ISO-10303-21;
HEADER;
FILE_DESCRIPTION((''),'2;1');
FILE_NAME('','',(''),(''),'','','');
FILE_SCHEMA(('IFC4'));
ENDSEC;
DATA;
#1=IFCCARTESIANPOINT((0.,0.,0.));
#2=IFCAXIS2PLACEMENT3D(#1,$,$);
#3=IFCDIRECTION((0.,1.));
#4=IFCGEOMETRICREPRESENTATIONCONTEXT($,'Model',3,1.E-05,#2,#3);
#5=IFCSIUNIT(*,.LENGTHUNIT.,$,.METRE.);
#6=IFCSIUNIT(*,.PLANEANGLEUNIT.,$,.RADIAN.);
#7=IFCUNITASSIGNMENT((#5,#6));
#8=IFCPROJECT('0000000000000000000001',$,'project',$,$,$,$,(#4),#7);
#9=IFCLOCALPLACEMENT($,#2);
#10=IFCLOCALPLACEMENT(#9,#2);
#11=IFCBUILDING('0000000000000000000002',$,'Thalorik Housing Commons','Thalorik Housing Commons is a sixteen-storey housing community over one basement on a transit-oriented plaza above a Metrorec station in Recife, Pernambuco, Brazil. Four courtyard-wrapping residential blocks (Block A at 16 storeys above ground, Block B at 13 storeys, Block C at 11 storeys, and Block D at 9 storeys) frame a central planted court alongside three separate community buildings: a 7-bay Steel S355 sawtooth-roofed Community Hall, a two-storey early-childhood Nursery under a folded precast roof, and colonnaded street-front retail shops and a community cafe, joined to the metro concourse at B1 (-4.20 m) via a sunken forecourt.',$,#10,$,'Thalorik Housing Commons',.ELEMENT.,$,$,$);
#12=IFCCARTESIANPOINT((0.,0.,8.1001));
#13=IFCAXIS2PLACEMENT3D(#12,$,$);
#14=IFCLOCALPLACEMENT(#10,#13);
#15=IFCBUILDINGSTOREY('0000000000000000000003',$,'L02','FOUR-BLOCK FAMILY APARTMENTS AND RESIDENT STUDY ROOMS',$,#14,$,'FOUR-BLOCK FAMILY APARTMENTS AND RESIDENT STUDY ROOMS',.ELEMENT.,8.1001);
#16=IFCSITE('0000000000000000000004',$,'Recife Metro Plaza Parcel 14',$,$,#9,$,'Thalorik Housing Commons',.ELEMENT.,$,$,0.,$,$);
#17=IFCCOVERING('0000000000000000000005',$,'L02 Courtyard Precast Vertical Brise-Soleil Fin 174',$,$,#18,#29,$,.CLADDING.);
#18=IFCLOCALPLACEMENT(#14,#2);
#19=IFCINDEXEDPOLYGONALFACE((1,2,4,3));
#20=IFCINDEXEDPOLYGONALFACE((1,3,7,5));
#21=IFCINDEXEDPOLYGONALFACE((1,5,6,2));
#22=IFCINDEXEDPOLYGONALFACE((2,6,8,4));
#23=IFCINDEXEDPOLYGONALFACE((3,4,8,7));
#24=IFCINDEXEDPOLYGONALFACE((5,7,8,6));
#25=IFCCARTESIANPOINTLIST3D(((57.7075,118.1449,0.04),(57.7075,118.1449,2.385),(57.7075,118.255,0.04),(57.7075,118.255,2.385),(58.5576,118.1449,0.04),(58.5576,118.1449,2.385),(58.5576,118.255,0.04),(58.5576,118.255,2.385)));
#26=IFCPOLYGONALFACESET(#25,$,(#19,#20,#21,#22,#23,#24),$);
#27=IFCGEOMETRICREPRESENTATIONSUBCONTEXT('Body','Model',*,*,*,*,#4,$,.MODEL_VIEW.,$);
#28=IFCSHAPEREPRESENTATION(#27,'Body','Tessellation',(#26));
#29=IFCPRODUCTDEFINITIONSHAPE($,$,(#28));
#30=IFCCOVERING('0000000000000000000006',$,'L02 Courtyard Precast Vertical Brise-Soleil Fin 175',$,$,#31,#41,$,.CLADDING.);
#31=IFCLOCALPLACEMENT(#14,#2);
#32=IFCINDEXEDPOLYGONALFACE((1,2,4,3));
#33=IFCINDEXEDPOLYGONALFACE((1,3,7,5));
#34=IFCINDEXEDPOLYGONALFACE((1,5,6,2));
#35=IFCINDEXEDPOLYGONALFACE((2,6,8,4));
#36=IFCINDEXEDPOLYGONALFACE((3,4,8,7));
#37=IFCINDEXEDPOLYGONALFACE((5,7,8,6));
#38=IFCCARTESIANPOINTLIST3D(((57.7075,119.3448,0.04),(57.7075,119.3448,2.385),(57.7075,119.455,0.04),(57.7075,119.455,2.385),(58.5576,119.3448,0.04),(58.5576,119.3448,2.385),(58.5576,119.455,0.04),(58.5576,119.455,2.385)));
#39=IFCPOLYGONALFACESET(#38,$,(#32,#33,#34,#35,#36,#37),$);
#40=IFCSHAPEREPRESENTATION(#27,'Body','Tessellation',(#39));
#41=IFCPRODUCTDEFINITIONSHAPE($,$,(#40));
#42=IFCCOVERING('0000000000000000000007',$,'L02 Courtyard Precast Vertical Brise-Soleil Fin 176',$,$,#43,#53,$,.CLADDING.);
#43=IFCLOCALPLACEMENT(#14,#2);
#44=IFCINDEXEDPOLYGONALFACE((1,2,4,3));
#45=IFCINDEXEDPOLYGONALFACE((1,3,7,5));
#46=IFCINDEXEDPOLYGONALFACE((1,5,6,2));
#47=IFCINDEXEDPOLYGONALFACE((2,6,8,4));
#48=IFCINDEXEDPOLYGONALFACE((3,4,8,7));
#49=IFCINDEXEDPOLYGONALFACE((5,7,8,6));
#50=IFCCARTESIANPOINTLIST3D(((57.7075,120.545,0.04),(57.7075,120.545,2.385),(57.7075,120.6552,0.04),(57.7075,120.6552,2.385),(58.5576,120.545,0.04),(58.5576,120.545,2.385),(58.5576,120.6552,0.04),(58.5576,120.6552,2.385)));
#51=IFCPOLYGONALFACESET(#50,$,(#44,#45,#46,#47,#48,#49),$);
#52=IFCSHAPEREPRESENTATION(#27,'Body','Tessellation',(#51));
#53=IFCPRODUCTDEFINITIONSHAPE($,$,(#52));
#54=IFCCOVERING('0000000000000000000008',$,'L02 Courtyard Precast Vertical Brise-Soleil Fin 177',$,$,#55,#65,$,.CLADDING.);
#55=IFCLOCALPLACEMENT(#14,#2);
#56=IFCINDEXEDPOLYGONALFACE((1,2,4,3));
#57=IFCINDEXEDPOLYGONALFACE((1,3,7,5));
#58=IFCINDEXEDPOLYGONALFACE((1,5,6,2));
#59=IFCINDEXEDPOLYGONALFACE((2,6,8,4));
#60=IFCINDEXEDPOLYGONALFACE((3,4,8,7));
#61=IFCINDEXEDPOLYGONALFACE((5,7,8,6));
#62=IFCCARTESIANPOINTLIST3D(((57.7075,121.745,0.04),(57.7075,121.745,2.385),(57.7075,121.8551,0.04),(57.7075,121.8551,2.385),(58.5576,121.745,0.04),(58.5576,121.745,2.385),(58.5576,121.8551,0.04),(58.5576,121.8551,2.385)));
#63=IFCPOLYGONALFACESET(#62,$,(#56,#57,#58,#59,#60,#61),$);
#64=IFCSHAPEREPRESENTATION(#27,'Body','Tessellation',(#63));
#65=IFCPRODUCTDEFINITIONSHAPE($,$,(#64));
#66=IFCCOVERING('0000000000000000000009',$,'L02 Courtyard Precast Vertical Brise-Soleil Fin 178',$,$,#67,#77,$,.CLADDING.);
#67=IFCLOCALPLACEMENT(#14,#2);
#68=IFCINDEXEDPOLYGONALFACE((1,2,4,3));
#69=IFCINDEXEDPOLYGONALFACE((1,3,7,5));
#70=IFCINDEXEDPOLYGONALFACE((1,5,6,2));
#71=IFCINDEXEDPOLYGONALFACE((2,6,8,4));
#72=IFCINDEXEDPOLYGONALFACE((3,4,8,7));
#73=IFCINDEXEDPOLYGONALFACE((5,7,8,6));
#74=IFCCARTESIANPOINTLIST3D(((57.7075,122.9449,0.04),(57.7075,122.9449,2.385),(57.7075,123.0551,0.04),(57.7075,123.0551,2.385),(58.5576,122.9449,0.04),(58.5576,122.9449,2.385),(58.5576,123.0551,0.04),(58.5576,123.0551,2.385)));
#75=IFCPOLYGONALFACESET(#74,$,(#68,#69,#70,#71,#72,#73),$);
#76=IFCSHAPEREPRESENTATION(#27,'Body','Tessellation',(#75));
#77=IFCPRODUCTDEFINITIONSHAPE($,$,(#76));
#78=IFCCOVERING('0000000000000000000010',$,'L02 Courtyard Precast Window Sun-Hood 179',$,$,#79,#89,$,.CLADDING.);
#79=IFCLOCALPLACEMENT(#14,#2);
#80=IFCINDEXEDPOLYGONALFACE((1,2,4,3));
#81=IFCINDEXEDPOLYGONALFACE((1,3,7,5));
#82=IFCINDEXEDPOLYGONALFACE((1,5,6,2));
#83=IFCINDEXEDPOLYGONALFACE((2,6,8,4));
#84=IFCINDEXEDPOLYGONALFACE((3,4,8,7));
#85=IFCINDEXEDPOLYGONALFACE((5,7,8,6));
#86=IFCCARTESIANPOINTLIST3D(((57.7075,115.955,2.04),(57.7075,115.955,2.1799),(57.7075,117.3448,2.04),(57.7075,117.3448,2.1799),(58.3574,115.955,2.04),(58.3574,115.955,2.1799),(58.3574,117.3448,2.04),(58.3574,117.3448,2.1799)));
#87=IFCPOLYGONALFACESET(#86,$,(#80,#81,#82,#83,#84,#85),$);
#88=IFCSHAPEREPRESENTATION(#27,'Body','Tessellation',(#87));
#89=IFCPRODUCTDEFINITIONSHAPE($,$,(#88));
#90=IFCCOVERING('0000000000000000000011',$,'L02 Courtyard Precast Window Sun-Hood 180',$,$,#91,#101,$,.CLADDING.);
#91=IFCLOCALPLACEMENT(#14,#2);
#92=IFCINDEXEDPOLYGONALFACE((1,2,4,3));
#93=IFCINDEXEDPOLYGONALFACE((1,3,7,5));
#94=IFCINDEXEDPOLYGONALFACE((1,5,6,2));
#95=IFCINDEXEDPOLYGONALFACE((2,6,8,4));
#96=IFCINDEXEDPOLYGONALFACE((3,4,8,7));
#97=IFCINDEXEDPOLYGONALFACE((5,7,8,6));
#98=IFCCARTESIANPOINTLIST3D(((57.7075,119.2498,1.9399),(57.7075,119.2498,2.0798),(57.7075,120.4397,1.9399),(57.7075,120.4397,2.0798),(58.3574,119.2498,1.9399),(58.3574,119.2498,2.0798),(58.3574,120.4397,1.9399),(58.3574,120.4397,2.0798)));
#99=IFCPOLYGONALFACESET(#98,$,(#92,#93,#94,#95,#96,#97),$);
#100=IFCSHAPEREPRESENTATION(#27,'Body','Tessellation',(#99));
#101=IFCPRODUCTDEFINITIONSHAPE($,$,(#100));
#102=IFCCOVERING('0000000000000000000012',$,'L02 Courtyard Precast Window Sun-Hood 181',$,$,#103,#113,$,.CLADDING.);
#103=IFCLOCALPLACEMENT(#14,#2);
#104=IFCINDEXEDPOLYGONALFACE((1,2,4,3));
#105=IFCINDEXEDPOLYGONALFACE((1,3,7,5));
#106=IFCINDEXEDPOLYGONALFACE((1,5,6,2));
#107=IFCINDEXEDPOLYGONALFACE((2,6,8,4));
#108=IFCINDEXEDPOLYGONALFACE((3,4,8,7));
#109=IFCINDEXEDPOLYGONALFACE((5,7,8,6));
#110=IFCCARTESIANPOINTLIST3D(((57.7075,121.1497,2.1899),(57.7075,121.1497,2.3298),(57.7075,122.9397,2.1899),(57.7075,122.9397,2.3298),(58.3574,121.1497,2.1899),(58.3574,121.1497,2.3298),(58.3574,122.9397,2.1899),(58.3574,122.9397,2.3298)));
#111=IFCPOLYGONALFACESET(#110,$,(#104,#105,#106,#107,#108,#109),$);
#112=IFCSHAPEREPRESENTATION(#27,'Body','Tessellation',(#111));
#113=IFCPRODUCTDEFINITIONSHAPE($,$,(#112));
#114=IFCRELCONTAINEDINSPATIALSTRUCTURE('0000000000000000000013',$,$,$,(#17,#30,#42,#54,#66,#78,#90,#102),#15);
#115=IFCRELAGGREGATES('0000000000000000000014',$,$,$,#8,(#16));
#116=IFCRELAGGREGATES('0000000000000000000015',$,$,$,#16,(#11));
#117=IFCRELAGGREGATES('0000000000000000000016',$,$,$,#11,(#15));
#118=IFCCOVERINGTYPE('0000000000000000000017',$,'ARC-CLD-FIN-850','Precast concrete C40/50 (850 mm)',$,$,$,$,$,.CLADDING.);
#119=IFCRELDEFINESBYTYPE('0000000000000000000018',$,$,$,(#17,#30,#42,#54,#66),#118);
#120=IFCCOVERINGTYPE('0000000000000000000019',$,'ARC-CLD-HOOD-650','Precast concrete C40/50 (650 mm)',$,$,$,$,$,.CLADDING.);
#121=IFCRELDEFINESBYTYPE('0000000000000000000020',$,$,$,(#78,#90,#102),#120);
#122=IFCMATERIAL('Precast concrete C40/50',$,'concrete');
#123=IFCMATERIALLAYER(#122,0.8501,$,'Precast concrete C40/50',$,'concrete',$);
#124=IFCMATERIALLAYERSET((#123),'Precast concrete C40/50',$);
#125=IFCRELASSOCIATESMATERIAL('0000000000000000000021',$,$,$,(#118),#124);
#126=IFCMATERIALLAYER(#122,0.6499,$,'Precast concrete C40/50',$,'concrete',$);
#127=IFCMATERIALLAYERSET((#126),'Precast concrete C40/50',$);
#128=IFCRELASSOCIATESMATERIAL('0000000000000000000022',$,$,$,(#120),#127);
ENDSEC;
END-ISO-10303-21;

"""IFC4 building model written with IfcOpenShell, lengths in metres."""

from ifc_helpers import new_model, si_unit, direction, frame, origin, origin_2d, place, context, subcontext, project, spatial, rectangle, extrude, material, layer, layer_set, type_object, element, save


model = new_model("IFC4")

# Units and contexts
model_context = context("Model", 3, precision=1e-05, world=origin(), true_north=direction((0.0, 1.0)))
body_context = subcontext(model_context, "Body", "Model", "MODEL_VIEW")
ifc_project = project(units=[si_unit("LENGTHUNIT", "METRE"), si_unit("PLANEANGLEUNIT", "RADIAN")], contexts=[model_context])

# Site, building, storey
site_placement = place(None, origin())
site = spatial("IfcSite", under=ifc_project, at=site_placement, Name="Recife Metro Plaza Parcel 14", LongName="Thalorik Housing Commons", CompositionType="ELEMENT", RefElevation=0.0)
building_placement = place(site_placement, origin())
building = spatial("IfcBuilding", under=site, at=building_placement, Name="Thalorik Housing Commons", Description="Thalorik Housing Commons is a sixteen-storey housing community over one basement on a transit-oriented plaza above a Metrorec station in Recife, Pernambuco, Brazil. Four courtyard-wrapping residential blocks (Block A at 16 storeys above ground, Block B at 13 storeys, Block C at 11 storeys, and Block D at 9 storeys) frame a central planted court alongside three separate community buildings: a 7-bay Steel S355 sawtooth-roofed Community Hall, a two-storey early-childhood Nursery under a folded precast roof, and colonnaded street-front retail shops and a community cafe, joined to the metro concourse at B1 (-4.20 m) via a sunken forecourt.", LongName="Thalorik Housing Commons", CompositionType="ELEMENT")
storey_placement = place(building_placement, frame((0.0, 0.0, 8.1001)))
storey = spatial("IfcBuildingStorey", under=building, at=storey_placement, Name="L02", Description="FOUR-BLOCK FAMILY APARTMENTS AND RESIDENT STUDY ROOMS", LongName="FOUR-BLOCK FAMILY APARTMENTS AND RESIDENT STUDY ROOMS", CompositionType="ELEMENT", Elevation=8.1001)

# Shared definitions
ifc_material_1 = material(Name="Precast concrete C40/50", Category="concrete")

# Coverings
ifc_layer_1 = layer(ifc_material_1, 0.8501, Name="Precast concrete C40/50", Category="concrete")
ifc_layer_set_1 = layer_set([ifc_layer_1], Name="Precast concrete C40/50")
covering_type_1 = type_object("IfcCoveringType", Name="ARC-CLD-FIN-850", Description="Precast concrete C40/50 (850 mm)", PredefinedType="CLADDING", material=ifc_layer_set_1)
for number, where, z_axis, x_axis, name in (
    (1, (58.1326, 118.2, 0.04), (0.0, 0.0, 1.0), (0.0, 1.0, 0.0), "L02 Courtyard Precast Vertical Brise-Soleil Fin 174"),
    (2, (58.1326, 119.3999, 0.04), (0.0, 0.0, 1.0), (0.0, 1.0, 0.0), "L02 Courtyard Precast Vertical Brise-Soleil Fin 175"),
    (3, (58.1326, 120.6001, 0.04), (0.0, 0.0, 1.0), (0.0, 1.0, 0.0), "L02 Courtyard Precast Vertical Brise-Soleil Fin 176"),
    (4, (58.1326, 121.8, 0.04), (0.0, 0.0, 1.0), (0.0, 1.0, 0.0), "L02 Courtyard Precast Vertical Brise-Soleil Fin 177"),
    (5, (58.1326, 123.0, 0.04), (0.0, 0.0, 1.0), (0.0, 1.0, 0.0), "L02 Courtyard Precast Vertical Brise-Soleil Fin 178"),
):
    element("IfcCovering", number, at=place(storey_placement, frame(where, z_axis=z_axis, x_axis=x_axis)), inside=storey, type_object=covering_type_1, Name=name, PredefinedType="CLADDING", context=body_context, shape_type="SweptSolid", body=[
        extrude(rectangle(XDim=0.1101, YDim=0.8501, at=origin_2d()), origin(), (0.0, 0.0, 1.0), 2.345),
    ])
ifc_layer_2 = layer(ifc_material_1, 0.6499, Name="Precast concrete C40/50", Category="concrete")
ifc_layer_set_2 = layer_set([ifc_layer_2], Name="Precast concrete C40/50")
covering_type_2 = type_object("IfcCoveringType", Name="ARC-CLD-HOOD-650", Description="Precast concrete C40/50 (650 mm)", PredefinedType="CLADDING", material=ifc_layer_set_2)
covering_1_placement = place(storey_placement, frame((58.0325, 116.6499, 2.04), z_axis=(0.0, 0.0, 1.0), x_axis=(0.0, 1.0, 0.0)))
element("IfcCovering", 6, at=covering_1_placement, inside=storey, type_object=covering_type_2, Name="L02 Courtyard Precast Window Sun-Hood 179", PredefinedType="CLADDING", context=body_context, shape_type="SweptSolid", body=[
    extrude(rectangle(XDim=1.3899, YDim=0.6499, at=origin_2d()), origin(), (0.0, 0.0, 1.0), 0.1399),
])
covering_2_placement = place(storey_placement, frame((58.0325, 119.8447, 1.9399), z_axis=(0.0, 0.0, 1.0), x_axis=(0.0, 1.0, 0.0)))
element("IfcCovering", 7, at=covering_2_placement, inside=storey, type_object=covering_type_2, Name="L02 Courtyard Precast Window Sun-Hood 180", PredefinedType="CLADDING", context=body_context, shape_type="SweptSolid", body=[
    extrude(rectangle(XDim=1.1899, YDim=0.6499, at=origin_2d()), origin(), (0.0, 0.0, 1.0), 0.1399),
])
covering_3_placement = place(storey_placement, frame((58.0325, 122.0447, 2.1899), z_axis=(0.0, 0.0, 1.0), x_axis=(0.0, 1.0, 0.0)))
element("IfcCovering", 8, at=covering_3_placement, inside=storey, type_object=covering_type_2, Name="L02 Courtyard Precast Window Sun-Hood 181", PredefinedType="CLADDING", context=body_context, shape_type="SweptSolid", body=[
    extrude(rectangle(XDim=1.79, YDim=0.6499, at=origin_2d()), origin(), (0.0, 0.0, 1.0), 0.1399),
])

save(model, "model.ifc")
